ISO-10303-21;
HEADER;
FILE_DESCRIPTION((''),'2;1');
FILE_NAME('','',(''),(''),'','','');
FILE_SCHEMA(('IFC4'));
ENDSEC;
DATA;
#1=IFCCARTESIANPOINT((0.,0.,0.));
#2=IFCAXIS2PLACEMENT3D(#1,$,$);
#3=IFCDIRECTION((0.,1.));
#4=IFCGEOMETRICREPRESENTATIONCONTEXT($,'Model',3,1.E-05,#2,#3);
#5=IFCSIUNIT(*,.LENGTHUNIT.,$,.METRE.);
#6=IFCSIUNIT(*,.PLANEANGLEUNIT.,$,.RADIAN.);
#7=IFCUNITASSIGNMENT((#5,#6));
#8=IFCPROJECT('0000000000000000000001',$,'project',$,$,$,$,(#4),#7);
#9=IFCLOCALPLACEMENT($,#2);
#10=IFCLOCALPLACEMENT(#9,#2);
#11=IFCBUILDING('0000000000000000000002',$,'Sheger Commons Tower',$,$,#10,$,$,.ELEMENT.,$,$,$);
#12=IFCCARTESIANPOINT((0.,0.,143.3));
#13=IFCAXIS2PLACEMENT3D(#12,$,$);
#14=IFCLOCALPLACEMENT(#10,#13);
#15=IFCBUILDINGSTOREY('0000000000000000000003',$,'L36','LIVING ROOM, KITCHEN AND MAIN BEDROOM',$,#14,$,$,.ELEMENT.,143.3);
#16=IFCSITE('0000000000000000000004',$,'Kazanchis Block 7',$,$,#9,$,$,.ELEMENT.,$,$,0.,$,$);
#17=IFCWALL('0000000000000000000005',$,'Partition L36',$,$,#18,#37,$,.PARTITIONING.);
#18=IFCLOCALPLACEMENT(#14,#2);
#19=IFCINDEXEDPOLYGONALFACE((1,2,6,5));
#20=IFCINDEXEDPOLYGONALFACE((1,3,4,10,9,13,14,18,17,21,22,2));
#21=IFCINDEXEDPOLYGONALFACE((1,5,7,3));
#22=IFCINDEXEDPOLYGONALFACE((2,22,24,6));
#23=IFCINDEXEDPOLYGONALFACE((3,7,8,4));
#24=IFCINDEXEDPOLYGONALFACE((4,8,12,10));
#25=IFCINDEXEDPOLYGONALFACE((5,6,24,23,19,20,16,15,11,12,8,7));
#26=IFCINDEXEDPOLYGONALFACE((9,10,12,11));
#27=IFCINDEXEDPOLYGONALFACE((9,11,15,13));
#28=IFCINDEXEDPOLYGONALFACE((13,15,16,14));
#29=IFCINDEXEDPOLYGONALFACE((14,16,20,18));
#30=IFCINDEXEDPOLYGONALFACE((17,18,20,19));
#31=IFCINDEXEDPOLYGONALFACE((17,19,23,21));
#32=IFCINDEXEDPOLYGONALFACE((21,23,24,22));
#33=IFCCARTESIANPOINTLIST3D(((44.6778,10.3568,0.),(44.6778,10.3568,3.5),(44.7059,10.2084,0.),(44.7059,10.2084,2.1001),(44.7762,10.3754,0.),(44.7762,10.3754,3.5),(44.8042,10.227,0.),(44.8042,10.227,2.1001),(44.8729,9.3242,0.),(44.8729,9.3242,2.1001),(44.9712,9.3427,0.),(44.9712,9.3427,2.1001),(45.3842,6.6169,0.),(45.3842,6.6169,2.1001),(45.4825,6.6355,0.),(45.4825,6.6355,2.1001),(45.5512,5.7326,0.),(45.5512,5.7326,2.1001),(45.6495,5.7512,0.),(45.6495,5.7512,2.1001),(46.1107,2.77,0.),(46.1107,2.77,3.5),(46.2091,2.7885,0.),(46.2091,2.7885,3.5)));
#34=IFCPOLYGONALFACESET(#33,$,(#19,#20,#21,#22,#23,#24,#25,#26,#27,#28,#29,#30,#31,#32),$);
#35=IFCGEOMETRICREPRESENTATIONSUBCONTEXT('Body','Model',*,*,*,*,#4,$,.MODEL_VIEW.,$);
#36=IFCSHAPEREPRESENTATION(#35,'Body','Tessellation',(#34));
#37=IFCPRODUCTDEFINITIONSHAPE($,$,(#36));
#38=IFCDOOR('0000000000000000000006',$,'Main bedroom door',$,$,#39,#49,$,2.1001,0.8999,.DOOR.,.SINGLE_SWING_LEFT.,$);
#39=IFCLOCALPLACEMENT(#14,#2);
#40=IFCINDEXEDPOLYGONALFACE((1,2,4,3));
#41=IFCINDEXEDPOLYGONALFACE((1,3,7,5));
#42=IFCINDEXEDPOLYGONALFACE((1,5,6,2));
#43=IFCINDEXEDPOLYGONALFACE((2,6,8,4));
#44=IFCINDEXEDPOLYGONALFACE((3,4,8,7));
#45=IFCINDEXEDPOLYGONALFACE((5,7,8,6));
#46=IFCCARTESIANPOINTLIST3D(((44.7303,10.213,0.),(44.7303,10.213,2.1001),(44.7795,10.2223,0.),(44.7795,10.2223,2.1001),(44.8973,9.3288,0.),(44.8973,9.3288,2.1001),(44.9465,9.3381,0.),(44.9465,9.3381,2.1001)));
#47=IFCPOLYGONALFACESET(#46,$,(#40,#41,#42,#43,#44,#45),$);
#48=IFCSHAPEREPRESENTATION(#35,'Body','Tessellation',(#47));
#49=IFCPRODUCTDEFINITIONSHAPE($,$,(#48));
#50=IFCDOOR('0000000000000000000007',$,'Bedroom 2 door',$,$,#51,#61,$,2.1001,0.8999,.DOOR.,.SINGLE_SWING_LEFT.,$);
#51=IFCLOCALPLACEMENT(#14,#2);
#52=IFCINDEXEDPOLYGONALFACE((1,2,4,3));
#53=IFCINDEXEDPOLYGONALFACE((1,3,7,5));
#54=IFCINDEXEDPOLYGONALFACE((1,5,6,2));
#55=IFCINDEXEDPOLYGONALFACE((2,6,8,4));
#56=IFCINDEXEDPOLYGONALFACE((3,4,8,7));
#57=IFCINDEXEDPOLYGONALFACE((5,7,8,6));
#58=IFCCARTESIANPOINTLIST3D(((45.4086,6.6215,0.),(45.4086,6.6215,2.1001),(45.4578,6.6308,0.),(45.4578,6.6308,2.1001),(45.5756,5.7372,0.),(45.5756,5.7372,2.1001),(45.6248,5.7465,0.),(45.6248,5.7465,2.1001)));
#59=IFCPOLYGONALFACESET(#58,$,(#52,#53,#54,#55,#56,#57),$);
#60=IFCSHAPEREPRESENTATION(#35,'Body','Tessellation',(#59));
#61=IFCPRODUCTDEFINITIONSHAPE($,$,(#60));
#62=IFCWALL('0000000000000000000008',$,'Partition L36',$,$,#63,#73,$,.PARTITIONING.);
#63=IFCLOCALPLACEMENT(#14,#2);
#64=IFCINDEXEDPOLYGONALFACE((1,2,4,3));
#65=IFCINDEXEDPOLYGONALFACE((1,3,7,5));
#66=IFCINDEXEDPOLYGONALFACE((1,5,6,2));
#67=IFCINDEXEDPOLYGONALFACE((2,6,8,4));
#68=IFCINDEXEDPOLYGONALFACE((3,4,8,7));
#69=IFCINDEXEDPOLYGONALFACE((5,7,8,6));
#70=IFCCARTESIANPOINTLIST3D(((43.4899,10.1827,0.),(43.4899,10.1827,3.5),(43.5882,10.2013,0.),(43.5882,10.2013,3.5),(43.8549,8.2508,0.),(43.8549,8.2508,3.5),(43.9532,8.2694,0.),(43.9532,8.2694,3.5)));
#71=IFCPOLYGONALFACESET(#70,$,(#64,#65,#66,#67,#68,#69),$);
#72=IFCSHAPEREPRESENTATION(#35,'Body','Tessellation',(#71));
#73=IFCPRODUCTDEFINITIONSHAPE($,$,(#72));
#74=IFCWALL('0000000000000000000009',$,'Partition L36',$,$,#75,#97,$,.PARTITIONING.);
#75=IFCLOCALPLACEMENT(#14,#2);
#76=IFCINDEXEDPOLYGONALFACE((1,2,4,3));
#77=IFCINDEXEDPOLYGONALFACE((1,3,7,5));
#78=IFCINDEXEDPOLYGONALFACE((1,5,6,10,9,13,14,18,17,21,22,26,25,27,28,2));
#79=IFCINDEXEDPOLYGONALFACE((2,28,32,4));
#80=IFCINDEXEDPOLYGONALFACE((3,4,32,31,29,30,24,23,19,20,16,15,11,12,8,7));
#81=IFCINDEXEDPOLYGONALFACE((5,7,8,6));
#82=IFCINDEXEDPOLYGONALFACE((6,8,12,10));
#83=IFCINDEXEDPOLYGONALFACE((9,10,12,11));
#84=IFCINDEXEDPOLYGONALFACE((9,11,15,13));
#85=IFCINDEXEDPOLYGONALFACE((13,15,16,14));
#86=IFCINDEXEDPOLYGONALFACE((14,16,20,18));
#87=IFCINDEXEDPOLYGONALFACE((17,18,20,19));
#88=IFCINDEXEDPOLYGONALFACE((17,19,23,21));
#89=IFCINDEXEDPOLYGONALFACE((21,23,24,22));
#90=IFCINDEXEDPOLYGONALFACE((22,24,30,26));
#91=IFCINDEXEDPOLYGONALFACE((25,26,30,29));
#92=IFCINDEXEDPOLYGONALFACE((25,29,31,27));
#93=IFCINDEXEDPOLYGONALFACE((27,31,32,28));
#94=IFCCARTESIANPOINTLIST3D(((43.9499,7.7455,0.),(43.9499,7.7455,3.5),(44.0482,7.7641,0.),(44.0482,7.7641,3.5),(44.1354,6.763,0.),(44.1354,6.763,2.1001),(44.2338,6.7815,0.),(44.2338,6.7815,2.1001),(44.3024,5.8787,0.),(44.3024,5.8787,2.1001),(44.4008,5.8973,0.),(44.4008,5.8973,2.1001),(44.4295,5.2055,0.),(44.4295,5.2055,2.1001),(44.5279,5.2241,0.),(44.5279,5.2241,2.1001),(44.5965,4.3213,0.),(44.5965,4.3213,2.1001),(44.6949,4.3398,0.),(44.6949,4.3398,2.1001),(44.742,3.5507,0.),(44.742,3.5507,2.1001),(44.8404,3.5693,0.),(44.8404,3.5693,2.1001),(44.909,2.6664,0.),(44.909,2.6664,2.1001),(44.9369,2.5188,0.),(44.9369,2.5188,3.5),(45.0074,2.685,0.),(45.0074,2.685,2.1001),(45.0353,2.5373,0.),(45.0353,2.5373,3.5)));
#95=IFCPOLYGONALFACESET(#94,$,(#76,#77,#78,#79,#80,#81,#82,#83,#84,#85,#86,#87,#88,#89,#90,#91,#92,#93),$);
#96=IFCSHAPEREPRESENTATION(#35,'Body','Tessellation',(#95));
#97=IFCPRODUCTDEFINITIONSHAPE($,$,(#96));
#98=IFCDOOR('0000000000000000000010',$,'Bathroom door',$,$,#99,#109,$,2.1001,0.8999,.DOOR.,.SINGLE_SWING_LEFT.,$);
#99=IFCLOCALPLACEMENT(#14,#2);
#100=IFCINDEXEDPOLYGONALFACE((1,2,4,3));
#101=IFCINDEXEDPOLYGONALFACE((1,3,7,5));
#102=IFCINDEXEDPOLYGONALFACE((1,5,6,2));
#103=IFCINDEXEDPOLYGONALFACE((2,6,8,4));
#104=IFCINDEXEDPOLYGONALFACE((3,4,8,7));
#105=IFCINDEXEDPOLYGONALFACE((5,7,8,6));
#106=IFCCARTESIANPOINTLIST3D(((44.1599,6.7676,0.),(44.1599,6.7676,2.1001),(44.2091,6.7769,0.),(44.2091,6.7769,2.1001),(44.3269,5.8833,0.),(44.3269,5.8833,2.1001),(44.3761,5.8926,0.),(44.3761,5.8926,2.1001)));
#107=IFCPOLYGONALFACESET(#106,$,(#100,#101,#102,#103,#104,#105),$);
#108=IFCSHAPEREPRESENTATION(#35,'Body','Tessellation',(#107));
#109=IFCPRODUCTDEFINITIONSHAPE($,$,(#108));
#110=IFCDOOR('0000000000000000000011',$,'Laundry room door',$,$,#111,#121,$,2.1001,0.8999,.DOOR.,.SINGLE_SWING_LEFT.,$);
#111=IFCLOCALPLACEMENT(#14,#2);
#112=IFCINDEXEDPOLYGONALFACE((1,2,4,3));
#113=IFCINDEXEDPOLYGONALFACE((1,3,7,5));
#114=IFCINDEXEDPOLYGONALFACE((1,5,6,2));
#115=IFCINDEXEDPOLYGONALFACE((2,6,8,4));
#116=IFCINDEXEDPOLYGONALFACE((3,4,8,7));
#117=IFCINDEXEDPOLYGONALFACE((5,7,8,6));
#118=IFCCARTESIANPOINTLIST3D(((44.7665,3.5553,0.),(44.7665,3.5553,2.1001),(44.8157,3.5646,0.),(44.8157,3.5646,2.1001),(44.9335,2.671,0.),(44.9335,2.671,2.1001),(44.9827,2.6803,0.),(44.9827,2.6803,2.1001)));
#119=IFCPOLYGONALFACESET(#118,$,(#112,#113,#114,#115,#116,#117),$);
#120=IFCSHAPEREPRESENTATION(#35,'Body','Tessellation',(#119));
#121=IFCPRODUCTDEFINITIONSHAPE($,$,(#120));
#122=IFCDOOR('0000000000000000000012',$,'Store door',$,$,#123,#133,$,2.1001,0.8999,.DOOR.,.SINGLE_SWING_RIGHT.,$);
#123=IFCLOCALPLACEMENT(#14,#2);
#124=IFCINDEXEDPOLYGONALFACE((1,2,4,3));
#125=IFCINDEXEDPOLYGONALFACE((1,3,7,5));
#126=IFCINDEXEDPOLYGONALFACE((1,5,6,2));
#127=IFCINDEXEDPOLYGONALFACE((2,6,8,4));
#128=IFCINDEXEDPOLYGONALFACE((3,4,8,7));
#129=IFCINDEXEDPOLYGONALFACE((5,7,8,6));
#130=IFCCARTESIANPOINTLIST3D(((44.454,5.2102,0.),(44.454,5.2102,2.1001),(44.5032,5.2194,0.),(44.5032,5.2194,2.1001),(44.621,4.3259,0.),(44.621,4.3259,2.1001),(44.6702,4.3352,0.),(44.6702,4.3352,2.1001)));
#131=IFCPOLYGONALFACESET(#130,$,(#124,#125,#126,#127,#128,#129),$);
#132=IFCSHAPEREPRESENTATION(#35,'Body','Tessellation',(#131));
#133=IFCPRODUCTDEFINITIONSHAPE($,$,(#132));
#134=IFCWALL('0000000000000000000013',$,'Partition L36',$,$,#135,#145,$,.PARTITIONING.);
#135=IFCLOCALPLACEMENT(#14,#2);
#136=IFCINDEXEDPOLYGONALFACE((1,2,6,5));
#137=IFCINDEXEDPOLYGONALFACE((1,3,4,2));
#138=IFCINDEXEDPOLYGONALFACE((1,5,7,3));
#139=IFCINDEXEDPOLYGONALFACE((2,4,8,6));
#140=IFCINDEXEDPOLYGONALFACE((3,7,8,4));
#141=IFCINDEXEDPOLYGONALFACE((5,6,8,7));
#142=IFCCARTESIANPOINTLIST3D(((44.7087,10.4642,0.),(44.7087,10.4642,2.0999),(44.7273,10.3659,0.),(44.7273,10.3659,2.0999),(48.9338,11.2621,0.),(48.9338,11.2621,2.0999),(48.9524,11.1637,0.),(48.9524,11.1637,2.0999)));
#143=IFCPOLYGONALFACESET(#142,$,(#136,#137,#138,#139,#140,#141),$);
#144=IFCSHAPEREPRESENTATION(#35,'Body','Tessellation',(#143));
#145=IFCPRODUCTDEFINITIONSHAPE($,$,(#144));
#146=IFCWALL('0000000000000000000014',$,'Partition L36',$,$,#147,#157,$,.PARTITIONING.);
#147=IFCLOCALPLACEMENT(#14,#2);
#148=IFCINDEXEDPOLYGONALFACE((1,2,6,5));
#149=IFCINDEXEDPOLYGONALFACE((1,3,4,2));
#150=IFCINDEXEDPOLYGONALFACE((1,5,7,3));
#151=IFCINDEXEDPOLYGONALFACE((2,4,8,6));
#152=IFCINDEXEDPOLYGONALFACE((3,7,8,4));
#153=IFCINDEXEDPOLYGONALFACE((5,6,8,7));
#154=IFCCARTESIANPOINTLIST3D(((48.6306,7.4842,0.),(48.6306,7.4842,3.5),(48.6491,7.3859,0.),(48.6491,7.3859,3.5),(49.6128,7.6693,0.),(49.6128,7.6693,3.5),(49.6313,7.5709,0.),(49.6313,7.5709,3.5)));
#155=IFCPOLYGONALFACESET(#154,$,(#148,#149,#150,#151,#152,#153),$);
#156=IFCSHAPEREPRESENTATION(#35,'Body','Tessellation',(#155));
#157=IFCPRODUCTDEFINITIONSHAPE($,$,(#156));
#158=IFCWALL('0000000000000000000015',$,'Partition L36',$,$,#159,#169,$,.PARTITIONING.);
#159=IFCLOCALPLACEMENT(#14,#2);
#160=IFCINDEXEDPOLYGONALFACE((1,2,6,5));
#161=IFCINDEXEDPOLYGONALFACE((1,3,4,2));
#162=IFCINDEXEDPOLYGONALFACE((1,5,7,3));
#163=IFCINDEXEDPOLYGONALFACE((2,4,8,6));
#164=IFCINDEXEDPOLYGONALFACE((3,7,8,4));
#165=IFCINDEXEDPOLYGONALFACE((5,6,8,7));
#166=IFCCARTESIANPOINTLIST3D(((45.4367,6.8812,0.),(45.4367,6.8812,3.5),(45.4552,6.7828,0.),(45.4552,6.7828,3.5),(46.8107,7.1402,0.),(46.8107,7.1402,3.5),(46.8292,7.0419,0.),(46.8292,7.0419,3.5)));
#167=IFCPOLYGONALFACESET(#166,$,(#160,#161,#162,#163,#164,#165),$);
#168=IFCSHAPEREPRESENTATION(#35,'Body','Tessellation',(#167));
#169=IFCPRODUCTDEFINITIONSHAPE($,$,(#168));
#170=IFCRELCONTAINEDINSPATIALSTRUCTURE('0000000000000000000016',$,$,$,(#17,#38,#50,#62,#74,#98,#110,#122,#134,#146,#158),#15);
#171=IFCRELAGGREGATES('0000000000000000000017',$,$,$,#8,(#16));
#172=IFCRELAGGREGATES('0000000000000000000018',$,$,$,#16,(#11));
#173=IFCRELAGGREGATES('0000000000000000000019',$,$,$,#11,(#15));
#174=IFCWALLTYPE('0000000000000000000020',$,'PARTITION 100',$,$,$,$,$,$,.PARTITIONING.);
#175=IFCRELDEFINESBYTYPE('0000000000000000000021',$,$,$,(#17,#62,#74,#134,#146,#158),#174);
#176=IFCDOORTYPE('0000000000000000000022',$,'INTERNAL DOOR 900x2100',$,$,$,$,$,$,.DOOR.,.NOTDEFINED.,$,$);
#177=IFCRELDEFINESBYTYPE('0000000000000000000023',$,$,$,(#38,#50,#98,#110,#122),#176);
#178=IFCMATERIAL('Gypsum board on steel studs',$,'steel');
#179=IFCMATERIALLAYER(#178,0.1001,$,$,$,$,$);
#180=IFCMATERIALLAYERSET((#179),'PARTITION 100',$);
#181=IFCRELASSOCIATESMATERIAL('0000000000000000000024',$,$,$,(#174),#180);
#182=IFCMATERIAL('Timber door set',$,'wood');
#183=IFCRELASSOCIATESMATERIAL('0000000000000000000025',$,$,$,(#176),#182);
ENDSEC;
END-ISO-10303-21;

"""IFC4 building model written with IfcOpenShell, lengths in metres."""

from ifc_helpers import new_model, si_unit, direction, frame, frame_2d, origin, place, context, subcontext, project, spatial, rectangle, extrude, material, layer, layer_set, type_object, element, fill, save


model = new_model("IFC4")

# Units and contexts
model_context = context("Model", 3, precision=1e-05, world=origin(), true_north=direction((0.0, 1.0)))
body_context = subcontext(model_context, "Body", "Model", "MODEL_VIEW")
ifc_project = project(units=[si_unit("LENGTHUNIT", "METRE"), si_unit("PLANEANGLEUNIT", "RADIAN")], contexts=[model_context])

# Site, building, storey
site_placement = place(None, origin())
site = spatial("IfcSite", under=ifc_project, at=site_placement, Name="Kazanchis Block 7", CompositionType="ELEMENT", RefElevation=0.0)
building_placement = place(site_placement, origin())
building = spatial("IfcBuilding", under=site, at=building_placement, Name="Sheger Commons Tower", CompositionType="ELEMENT")
storey_placement = place(building_placement, frame((0.0, 0.0, 143.3)))
storey = spatial("IfcBuildingStorey", under=building, at=storey_placement, Name="L36", Description="LIVING ROOM, KITCHEN AND MAIN BEDROOM", CompositionType="ELEMENT", Elevation=143.3)

# Wall, openings, doors
ifc_material_1 = material(Name="Gypsum board on steel studs", Category="steel")
ifc_layer_1 = layer(ifc_material_1, 0.1001)
ifc_layer_set_1 = layer_set([ifc_layer_1], Name="PARTITION 100")
wall_type_1 = type_object("IfcWallType", Name="PARTITION 100", PredefinedType="PARTITIONING", material=ifc_layer_set_1)
wall_1_placement = place(storey_placement, frame((44.7271, 10.366, 0.0), z_axis=(0.0, 0.0, 1.0), x_axis=(0.185579, -0.982629, 0.0)))
wall_1 = element("IfcWall", 1, at=wall_1_placement, inside=storey, type_object=wall_type_1, Name="Partition L36", PredefinedType="PARTITIONING", context=body_context, shape_type="SweptSolid", body=[
    extrude(rectangle(XDim=7.7209, YDim=0.1001, at=frame_2d((3.8604, 0.0))), origin(), (0.0, 0.0, 1.0), 3.5),
])
opening_1_placement = place(wall_1_placement, frame((0.1509, 0.0, 0.0)))
opening_1 = element("IfcOpeningElement", 2, at=opening_1_placement, cuts=wall_1, PredefinedType="OPENING", context=body_context, shape_type="SweptSolid", body=[
    extrude(rectangle(XDim=0.8999, YDim=2.1001, at=frame_2d((0.45, 1.05))), frame((0.0, 0.0601, 0.0), z_axis=(0.0, -1.0, 0.0), x_axis=(1.0, 0.0, 0.0)), (0.0, 0.0, 1.0), 0.1201),
])
opening_2_placement = place(wall_1_placement, frame((3.8059, 0.0, 0.0)))
opening_2 = element("IfcOpeningElement", 3, at=opening_2_placement, cuts=wall_1, PredefinedType="OPENING", context=body_context, shape_type="SweptSolid", body=[
    extrude(rectangle(XDim=0.8999, YDim=2.1001, at=frame_2d((0.45, 1.05))), frame((0.0, 0.0601, 0.0), z_axis=(0.0, -1.0, 0.0), x_axis=(1.0, 0.0, 0.0)), (0.0, 0.0, 1.0), 0.1201),
])
ifc_material_2 = material(Name="Timber door set", Category="wood")
door_type_1 = type_object("IfcDoorType", Name="INTERNAL DOOR 900x2100", OperationType="NOTDEFINED", PredefinedType="DOOR", material=ifc_material_2)
door_1_placement = place(opening_1_placement, origin())
door_1 = element("IfcDoor", 4, at=door_1_placement, inside=storey, type_object=door_type_1, Name="Main bedroom door", OperationType="SINGLE_SWING_LEFT", OverallHeight=2.1001, OverallWidth=0.8999, PredefinedType="DOOR", context=body_context, shape_type="SweptSolid", body=[
    extrude(rectangle(XDim=0.8999, YDim=2.1001, at=frame_2d((0.45, 1.05))), frame((0.0, 0.0249, 0.0), z_axis=(0.0, -1.0, 0.0), x_axis=(1.0, 0.0, 0.0)), (0.0, 0.0, 1.0), 0.05),
])
fill(opening_1, door_1)
door_2_placement = place(opening_2_placement, origin())
door_2 = element("IfcDoor", 5, at=door_2_placement, inside=storey, type_object=door_type_1, Name="Bedroom 2 door", OperationType="SINGLE_SWING_LEFT", OverallHeight=2.1001, OverallWidth=0.8999, PredefinedType="DOOR", context=body_context, shape_type="SweptSolid", body=[
    extrude(rectangle(XDim=0.8999, YDim=2.1001, at=frame_2d((0.45, 1.05))), frame((0.0, 0.0249, 0.0), z_axis=(0.0, -1.0, 0.0), x_axis=(1.0, 0.0, 0.0)), (0.0, 0.0, 1.0), 0.05),
])
fill(opening_2, door_2)

# Wall
wall_2_placement = place(storey_placement, frame((43.5391, 10.1919, 0.0), z_axis=(0.0, 0.0, 1.0), x_axis=(0.185645, -0.982617, 0.0)))
element("IfcWall", 6, at=wall_2_placement, inside=storey, type_object=wall_type_1, Name="Partition L36", PredefinedType="PARTITIONING", context=body_context, shape_type="SweptSolid", body=[
    extrude(rectangle(XDim=1.9661, YDim=0.1001, at=frame_2d((0.9829, 0.0))), origin(), (0.0, 0.0, 1.0), 3.5),
])

# Wall, openings, doors
wall_3_placement = place(storey_placement, frame((43.999, 7.7549, 0.0), z_axis=(0.0, 0.0, 1.0), x_axis=(0.185566, -0.982632, 0.0)))
wall_3 = element("IfcWall", 7, at=wall_3_placement, inside=storey, type_object=wall_type_1, Name="Partition L36", PredefinedType="PARTITIONING", context=body_context, shape_type="SweptSolid", body=[
    extrude(rectangle(XDim=5.3191, YDim=0.1001, at=frame_2d((2.6597, 0.0))), origin(), (0.0, 0.0, 1.0), 3.5),
])
opening_3_placement = place(wall_3_placement, frame((1.0, 0.0, 0.0)))
opening_3 = element("IfcOpeningElement", 8, at=opening_3_placement, cuts=wall_3, PredefinedType="OPENING", context=body_context, shape_type="SweptSolid", body=[
    extrude(rectangle(XDim=0.8999, YDim=2.1001, at=frame_2d((0.45, 1.05))), frame((0.0, 0.0601, 0.0), z_axis=(0.0, -1.0, 0.0), x_axis=(1.0, 0.0, 0.0)), (0.0, 0.0, 1.0), 0.1201),
])
opening_4_placement = place(wall_3_placement, frame((4.269, 0.0, 0.0)))
opening_4 = element("IfcOpeningElement", 9, at=opening_4_placement, cuts=wall_3, PredefinedType="OPENING", context=body_context, shape_type="SweptSolid", body=[
    extrude(rectangle(XDim=0.8999, YDim=2.1001, at=frame_2d((0.45, 1.05))), frame((0.0, 0.0601, 0.0), z_axis=(0.0, -1.0, 0.0), x_axis=(1.0, 0.0, 0.0)), (0.0, 0.0, 1.0), 0.1201),
])
opening_5_placement = place(wall_3_placement, frame((2.585, 0.0, 0.0)))
opening_5 = element("IfcOpeningElement", 10, at=opening_5_placement, cuts=wall_3, PredefinedType="OPENING", context=body_context, shape_type="SweptSolid", body=[
    extrude(rectangle(XDim=0.8999, YDim=2.1001, at=frame_2d((0.45, 1.05))), frame((0.0, 0.0601, 0.0), z_axis=(0.0, -1.0, 0.0), x_axis=(1.0, 0.0, 0.0)), (0.0, 0.0, 1.0), 0.1201),
])
door_3_placement = place(opening_3_placement, origin())
door_3 = element("IfcDoor", 11, at=door_3_placement, inside=storey, type_object=door_type_1, Name="Bathroom door", OperationType="SINGLE_SWING_LEFT", OverallHeight=2.1001, OverallWidth=0.8999, PredefinedType="DOOR", context=body_context, shape_type="SweptSolid", body=[
    extrude(rectangle(XDim=0.8999, YDim=2.1001, at=frame_2d((0.45, 1.05))), frame((0.0, 0.0249, 0.0), z_axis=(0.0, -1.0, 0.0), x_axis=(1.0, 0.0, 0.0)), (0.0, 0.0, 1.0), 0.05),
])
fill(opening_3, door_3)
door_4_placement = place(opening_4_placement, origin())
door_4 = element("IfcDoor", 12, at=door_4_placement, inside=storey, type_object=door_type_1, Name="Laundry room door", OperationType="SINGLE_SWING_LEFT", OverallHeight=2.1001, OverallWidth=0.8999, PredefinedType="DOOR", context=body_context, shape_type="SweptSolid", body=[
    extrude(rectangle(XDim=0.8999, YDim=2.1001, at=frame_2d((0.45, 1.05))), frame((0.0, 0.0249, 0.0), z_axis=(0.0, -1.0, 0.0), x_axis=(1.0, 0.0, 0.0)), (0.0, 0.0, 1.0), 0.05),
])
fill(opening_4, door_4)
door_5_placement = place(opening_5_placement, origin())
door_5 = element("IfcDoor", 13, at=door_5_placement, inside=storey, type_object=door_type_1, Name="Store door", OperationType="SINGLE_SWING_RIGHT", OverallHeight=2.1001, OverallWidth=0.8999, PredefinedType="DOOR", context=body_context, shape_type="SweptSolid", body=[
    extrude(rectangle(XDim=0.8999, YDim=2.1001, at=frame_2d((0.45, 1.05))), frame((0.0, 0.0249, 0.0), z_axis=(0.0, -1.0, 0.0), x_axis=(1.0, 0.0, 0.0)), (0.0, 0.0, 1.0), 0.05),
])
fill(opening_5, door_5)

# Walls
wall_4_placement = place(storey_placement, frame((48.9431, 11.2129, 0.0), z_axis=(0.0, 0.0, 1.0), x_axis=(-0.982634, -0.185557, 0.0)))
element("IfcWall", 14, at=wall_4_placement, inside=storey, type_object=wall_type_1, Name="Partition L36", PredefinedType="PARTITIONING", context=body_context, shape_type="SweptSolid", body=[
    extrude(rectangle(XDim=4.2998, YDim=0.1001, at=frame_2d((2.1499, 0.0))), origin(), (0.0, 0.0, 1.0), 2.0999),
])
wall_5_placement = place(storey_placement, frame((49.6221, 7.6201, 0.0), z_axis=(0.0, 0.0, 1.0), x_axis=(-0.982709, -0.185159, 0.0)))
element("IfcWall", 15, at=wall_5_placement, inside=storey, type_object=wall_type_1, Name="Partition L36", PredefinedType="PARTITIONING", context=body_context, shape_type="SweptSolid", body=[
    extrude(rectangle(XDim=0.9995, YDim=0.1001, at=frame_2d((0.4998, 0.0))), origin(), (0.0, 0.0, 1.0), 3.5),
])
wall_6_placement = place(storey_placement, frame((46.8201, 7.0911, 0.0), z_axis=(0.0, 0.0, 1.0), x_axis=(-0.98269, -0.185258, 0.0)))
element("IfcWall", 16, at=wall_6_placement, inside=storey, type_object=wall_type_1, Name="Partition L36", PredefinedType="PARTITIONING", context=body_context, shape_type="SweptSolid", body=[
    extrude(rectangle(XDim=1.3982, YDim=0.1001, at=frame_2d((0.6992, 0.0))), origin(), (0.0, 0.0, 1.0), 3.5),
])

save(model, "model.ifc")
